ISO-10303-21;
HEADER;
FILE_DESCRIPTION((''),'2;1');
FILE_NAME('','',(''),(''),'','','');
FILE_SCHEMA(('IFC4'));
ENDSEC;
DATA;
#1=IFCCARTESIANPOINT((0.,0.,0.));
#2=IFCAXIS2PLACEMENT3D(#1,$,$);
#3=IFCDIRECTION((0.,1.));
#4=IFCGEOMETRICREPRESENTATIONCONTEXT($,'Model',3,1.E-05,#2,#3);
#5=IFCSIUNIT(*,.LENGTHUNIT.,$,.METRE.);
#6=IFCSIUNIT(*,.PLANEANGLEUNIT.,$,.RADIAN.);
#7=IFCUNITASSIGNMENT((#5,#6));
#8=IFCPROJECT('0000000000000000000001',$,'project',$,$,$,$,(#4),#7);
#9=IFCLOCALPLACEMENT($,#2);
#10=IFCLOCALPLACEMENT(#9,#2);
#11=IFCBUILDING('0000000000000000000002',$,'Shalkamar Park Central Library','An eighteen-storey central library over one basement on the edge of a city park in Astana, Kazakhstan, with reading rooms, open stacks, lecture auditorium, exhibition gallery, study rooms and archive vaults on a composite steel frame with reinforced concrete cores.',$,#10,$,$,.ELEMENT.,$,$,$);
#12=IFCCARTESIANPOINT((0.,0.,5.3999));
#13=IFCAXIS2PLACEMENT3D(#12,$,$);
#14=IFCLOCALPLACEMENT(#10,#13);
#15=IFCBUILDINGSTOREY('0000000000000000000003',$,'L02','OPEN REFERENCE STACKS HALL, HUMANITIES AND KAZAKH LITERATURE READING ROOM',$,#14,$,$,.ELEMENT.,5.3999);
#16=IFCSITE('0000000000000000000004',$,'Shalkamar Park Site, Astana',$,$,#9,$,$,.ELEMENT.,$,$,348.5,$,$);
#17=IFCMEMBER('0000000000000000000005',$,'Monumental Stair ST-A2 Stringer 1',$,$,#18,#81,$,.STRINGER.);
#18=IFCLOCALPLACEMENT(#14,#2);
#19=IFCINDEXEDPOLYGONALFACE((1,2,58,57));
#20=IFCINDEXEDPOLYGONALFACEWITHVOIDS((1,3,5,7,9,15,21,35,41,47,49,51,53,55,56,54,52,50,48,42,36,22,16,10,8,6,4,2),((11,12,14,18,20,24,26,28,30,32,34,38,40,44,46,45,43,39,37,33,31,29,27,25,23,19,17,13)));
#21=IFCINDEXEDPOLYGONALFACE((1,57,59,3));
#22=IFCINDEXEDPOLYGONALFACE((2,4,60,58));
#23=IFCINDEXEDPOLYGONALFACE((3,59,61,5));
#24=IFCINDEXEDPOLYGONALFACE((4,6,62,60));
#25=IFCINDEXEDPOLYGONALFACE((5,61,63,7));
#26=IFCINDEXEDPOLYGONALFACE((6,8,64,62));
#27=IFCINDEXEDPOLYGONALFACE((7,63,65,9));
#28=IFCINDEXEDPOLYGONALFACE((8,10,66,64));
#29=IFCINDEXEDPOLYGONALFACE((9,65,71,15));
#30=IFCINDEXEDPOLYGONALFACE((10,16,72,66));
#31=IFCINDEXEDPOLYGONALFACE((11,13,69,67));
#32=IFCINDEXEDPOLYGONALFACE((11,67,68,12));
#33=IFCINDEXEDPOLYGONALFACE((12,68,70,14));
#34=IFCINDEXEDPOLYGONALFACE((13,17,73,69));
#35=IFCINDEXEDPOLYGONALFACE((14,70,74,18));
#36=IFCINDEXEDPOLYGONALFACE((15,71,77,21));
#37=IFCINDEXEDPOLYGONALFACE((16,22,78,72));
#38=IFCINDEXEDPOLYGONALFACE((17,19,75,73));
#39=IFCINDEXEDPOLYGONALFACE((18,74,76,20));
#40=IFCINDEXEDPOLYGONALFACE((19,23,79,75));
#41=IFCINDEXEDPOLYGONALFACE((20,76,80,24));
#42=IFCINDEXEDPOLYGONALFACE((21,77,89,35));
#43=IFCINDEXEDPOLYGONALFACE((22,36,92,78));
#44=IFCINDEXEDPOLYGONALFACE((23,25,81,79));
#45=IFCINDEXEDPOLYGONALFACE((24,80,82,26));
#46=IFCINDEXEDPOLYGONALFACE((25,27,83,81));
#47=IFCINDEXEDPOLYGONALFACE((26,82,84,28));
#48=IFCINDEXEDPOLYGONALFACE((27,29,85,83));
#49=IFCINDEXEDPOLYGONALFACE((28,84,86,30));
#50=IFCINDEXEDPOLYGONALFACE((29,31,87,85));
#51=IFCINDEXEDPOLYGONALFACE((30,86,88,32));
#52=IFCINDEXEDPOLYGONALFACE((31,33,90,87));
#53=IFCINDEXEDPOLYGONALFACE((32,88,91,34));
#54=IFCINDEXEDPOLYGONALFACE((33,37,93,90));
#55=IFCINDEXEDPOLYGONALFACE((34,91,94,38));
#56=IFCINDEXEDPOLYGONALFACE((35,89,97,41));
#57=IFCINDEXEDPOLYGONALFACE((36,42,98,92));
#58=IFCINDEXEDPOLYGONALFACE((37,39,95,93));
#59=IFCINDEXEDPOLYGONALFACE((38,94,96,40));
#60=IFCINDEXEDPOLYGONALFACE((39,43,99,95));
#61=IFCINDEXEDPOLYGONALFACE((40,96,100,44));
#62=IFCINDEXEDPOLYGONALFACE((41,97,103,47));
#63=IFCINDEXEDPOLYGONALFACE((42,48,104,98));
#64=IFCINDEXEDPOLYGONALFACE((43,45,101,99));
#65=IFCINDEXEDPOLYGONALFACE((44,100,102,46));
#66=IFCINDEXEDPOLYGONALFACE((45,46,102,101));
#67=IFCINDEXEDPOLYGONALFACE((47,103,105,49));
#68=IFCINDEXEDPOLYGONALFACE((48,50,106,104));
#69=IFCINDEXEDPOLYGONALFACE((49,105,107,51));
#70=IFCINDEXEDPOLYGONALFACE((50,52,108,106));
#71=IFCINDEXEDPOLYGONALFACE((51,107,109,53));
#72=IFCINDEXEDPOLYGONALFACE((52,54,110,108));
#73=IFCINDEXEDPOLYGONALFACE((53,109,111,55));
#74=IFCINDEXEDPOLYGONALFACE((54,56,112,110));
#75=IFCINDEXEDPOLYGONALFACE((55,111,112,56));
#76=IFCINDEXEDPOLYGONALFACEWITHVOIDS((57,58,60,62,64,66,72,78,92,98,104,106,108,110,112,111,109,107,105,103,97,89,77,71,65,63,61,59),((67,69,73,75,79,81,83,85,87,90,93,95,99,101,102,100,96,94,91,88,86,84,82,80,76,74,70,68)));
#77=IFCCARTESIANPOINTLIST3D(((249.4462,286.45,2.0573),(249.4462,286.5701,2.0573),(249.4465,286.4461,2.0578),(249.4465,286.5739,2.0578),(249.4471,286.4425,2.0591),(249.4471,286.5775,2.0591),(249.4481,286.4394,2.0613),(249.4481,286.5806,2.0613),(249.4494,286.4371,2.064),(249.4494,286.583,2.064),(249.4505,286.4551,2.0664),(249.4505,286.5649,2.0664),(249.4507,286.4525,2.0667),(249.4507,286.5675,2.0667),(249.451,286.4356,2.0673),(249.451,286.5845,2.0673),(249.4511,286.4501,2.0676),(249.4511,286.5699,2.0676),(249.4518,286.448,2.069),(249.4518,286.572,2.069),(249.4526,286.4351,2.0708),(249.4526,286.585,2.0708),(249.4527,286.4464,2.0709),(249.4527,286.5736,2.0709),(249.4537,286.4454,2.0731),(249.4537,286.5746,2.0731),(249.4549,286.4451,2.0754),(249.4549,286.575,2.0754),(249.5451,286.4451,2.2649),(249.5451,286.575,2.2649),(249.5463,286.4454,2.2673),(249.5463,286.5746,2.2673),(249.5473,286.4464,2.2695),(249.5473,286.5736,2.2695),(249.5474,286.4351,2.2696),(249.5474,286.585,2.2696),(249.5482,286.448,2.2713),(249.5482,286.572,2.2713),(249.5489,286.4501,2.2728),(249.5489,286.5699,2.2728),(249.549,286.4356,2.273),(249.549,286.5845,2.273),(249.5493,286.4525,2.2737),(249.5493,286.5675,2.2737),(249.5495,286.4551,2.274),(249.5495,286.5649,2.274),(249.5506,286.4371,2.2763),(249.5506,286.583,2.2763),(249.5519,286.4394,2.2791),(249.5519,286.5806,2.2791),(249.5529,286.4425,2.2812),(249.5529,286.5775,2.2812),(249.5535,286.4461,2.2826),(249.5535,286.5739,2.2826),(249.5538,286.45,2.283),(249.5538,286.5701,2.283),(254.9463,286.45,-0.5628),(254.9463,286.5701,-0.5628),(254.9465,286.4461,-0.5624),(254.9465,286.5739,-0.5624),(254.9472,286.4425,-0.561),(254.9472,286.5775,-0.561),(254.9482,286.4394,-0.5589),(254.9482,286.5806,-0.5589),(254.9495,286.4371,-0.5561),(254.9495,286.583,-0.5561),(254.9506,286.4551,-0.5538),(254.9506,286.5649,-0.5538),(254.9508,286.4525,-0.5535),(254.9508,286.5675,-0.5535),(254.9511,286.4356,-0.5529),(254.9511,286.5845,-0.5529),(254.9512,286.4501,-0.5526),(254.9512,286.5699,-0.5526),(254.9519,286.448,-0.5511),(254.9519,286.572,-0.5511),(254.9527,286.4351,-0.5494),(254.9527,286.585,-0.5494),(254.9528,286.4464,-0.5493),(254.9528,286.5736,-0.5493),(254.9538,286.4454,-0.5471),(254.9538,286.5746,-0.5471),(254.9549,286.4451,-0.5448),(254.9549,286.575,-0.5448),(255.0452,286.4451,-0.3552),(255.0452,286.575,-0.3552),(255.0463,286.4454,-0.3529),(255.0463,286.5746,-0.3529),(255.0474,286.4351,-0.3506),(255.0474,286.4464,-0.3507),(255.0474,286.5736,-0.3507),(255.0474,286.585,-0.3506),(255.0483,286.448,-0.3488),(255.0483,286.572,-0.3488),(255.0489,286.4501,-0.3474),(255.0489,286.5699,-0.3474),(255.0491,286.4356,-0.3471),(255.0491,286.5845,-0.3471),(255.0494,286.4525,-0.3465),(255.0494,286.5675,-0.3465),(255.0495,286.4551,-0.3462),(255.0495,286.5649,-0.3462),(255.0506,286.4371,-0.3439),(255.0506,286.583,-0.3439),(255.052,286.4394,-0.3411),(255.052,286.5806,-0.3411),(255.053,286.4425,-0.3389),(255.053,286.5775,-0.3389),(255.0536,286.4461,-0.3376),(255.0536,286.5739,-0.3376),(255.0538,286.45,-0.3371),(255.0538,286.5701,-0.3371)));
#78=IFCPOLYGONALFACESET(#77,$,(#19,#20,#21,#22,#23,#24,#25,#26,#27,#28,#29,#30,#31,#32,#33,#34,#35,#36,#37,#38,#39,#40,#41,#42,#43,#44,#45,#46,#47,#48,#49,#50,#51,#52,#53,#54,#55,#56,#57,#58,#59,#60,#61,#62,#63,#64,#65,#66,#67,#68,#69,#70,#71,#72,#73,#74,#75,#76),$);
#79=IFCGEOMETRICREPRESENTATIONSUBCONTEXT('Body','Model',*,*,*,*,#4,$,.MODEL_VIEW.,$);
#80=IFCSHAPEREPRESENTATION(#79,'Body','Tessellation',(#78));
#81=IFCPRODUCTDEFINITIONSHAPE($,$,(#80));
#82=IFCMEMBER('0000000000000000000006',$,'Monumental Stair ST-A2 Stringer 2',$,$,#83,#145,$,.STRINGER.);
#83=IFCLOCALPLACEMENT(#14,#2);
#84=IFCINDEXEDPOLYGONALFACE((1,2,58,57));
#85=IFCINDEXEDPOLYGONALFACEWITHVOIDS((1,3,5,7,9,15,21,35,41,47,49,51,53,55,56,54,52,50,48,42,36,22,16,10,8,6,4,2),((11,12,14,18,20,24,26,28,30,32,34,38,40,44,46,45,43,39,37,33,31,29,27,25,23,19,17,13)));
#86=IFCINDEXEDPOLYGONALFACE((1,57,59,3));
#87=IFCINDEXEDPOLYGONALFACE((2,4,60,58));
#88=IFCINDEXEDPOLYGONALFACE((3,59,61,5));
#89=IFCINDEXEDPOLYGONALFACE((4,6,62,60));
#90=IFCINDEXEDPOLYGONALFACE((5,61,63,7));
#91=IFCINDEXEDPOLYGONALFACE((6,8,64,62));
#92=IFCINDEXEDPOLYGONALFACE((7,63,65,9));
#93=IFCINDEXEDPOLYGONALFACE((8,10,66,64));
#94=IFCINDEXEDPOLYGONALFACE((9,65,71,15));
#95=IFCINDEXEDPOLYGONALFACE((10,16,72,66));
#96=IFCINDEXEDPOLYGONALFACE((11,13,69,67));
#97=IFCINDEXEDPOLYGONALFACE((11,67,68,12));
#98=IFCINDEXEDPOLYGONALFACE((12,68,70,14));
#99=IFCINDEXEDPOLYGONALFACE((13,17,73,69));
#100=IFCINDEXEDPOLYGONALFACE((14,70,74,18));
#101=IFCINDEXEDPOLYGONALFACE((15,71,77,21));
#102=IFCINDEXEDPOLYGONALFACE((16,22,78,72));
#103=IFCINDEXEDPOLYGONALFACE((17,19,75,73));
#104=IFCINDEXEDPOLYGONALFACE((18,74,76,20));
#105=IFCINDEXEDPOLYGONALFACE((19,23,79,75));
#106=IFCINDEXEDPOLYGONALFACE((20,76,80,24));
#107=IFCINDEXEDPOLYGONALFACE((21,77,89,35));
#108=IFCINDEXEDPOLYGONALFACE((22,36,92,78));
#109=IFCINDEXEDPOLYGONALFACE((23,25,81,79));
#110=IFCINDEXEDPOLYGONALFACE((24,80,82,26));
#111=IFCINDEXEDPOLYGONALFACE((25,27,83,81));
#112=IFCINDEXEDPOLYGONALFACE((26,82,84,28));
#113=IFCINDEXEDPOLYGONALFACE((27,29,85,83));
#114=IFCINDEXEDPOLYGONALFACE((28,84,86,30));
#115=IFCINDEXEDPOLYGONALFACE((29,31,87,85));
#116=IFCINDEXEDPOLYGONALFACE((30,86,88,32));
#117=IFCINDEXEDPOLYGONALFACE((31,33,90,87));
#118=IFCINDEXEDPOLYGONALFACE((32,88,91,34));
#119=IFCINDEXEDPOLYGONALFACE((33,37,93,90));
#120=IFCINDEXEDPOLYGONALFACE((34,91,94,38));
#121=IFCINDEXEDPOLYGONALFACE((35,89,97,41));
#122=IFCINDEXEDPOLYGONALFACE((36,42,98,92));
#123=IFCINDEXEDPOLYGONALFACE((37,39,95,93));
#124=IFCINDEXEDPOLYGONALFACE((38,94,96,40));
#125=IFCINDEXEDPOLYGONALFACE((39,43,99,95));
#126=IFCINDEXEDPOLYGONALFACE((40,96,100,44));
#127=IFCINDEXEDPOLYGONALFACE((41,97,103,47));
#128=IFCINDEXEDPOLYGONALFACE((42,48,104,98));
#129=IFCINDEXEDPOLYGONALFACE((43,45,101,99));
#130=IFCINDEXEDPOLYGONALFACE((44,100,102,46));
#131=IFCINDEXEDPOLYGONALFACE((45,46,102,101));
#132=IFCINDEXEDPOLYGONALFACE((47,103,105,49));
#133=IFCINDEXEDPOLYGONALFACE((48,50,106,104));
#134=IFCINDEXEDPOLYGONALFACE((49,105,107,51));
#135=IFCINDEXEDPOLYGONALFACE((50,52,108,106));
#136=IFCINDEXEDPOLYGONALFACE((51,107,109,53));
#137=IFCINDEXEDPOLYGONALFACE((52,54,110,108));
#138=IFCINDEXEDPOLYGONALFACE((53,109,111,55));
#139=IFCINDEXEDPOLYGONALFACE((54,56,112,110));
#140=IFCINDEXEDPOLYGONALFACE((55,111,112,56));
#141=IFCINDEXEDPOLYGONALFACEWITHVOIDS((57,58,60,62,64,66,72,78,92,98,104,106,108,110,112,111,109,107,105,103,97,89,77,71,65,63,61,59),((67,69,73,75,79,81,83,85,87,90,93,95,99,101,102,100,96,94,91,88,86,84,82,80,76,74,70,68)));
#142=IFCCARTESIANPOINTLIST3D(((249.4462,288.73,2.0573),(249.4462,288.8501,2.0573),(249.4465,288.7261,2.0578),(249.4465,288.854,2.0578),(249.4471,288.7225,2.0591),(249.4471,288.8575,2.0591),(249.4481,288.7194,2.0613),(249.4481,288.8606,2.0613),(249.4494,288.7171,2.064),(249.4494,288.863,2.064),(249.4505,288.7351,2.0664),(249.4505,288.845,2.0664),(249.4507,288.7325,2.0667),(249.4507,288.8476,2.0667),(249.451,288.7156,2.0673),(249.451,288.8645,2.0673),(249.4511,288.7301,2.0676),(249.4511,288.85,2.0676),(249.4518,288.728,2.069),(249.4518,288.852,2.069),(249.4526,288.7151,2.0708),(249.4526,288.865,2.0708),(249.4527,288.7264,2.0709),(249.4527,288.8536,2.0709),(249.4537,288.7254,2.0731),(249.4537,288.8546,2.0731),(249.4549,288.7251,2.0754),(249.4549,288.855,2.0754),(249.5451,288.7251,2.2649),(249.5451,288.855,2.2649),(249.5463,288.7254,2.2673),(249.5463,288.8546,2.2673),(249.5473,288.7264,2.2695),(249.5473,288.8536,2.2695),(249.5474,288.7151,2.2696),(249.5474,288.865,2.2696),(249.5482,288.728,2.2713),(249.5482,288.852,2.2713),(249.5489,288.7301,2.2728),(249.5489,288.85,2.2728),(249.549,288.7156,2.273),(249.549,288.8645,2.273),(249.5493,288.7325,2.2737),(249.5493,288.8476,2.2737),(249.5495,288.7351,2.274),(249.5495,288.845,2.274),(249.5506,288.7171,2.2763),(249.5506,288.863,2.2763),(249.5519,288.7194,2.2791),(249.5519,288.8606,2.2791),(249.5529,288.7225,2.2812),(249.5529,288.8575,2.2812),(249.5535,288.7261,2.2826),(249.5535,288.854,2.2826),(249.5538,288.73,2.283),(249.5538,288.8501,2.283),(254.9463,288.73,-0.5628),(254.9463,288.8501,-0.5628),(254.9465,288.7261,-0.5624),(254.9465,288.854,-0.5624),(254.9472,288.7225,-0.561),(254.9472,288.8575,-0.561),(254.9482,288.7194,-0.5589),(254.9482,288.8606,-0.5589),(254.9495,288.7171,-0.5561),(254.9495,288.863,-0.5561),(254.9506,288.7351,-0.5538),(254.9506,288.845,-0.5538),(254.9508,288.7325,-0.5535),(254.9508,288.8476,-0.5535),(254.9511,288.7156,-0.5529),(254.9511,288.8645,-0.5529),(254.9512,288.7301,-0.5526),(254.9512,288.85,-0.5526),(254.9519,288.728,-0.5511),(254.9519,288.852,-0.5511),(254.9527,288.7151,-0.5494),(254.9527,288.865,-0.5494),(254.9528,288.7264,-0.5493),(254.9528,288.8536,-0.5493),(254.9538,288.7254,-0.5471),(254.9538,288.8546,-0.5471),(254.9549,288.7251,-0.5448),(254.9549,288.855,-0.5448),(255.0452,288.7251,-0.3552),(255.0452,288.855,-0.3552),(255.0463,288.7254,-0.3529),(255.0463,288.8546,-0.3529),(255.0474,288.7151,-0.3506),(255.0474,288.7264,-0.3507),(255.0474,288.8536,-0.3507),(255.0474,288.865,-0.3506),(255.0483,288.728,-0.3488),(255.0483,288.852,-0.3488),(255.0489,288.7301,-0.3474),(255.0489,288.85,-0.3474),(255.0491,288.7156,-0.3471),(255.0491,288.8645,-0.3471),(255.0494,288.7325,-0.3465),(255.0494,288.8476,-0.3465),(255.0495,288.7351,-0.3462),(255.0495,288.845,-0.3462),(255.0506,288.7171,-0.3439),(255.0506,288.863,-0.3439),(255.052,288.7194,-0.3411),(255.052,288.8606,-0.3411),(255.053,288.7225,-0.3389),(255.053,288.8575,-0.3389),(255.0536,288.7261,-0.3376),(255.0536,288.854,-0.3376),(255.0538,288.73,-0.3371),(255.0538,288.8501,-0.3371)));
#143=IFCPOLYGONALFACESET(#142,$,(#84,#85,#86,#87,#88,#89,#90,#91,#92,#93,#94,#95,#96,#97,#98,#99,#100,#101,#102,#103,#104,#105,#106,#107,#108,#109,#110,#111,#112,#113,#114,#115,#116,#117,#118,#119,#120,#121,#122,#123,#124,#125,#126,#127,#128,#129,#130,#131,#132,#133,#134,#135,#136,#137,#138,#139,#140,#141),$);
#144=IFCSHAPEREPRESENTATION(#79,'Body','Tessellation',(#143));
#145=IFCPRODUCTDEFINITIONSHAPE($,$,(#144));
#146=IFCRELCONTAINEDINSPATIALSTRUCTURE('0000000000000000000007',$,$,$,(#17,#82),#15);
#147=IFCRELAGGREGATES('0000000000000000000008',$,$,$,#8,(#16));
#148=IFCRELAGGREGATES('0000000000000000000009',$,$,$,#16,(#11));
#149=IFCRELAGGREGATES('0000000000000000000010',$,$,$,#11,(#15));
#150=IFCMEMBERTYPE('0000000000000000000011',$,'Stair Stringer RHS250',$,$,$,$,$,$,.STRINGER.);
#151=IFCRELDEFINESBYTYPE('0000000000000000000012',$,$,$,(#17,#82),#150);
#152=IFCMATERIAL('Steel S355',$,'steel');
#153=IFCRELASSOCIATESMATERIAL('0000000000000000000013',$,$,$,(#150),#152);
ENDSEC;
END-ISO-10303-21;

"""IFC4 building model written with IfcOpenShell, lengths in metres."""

from ifc_helpers import new_model, si_unit, direction, frame, origin, origin_2d, place, context, subcontext, project, spatial, hollow_rectangle, extrude, material, material_profile, profile_set, type_object, element, save


model = new_model("IFC4")

# Units and contexts
model_context = context("Model", 3, precision=1e-05, world=origin(), true_north=direction((0.0, 1.0)))
body_context = subcontext(model_context, "Body", "Model", "MODEL_VIEW")
ifc_project = project(units=[si_unit("LENGTHUNIT", "METRE"), si_unit("PLANEANGLEUNIT", "RADIAN")], contexts=[model_context])

# Site, building, storey
site_placement = place(None, origin())
site = spatial("IfcSite", under=ifc_project, at=site_placement, Name="Shalkamar Park Site, Astana", CompositionType="ELEMENT", RefElevation=348.5)
building_placement = place(site_placement, origin())
building = spatial("IfcBuilding", under=site, at=building_placement, Name="Shalkamar Park Central Library", Description="An eighteen-storey central library over one basement on the edge of a city park in Astana, Kazakhstan, with reading rooms, open stacks, lecture auditorium, exhibition gallery, study rooms and archive vaults on a composite steel frame with reinforced concrete cores.", CompositionType="ELEMENT")
storey_placement = place(building_placement, frame((0.0, 0.0, 5.3999)))
storey = spatial("IfcBuildingStorey", under=building, at=storey_placement, Name="L02", Description="OPEN REFERENCE STACKS HALL, HUMANITIES AND KAZAKH LITERATURE READING ROOM", CompositionType="ELEMENT", Elevation=5.3999)

# Shared definitions
ifc_material_1 = material(Name="Steel S355", Category="steel")

# Members
ifc_material_profile_1 = material_profile(ifc_material_1, hollow_rectangle(XDim=0.1499, YDim=0.25, WallThickness=0.01, InnerFilletRadius=0.01, OuterFilletRadius=0.0149, at=origin_2d()), Name="RHS 250x150x10")
ifc_profile_set_1 = profile_set([ifc_material_profile_1], Name="Steel S355")
member_type_1 = type_object("IfcMemberType", Name="Stair Stringer RHS250", PredefinedType="STRINGER", material=ifc_profile_set_1)
for number, where, z_axis, x_axis, name in (
    (1, (249.5, 286.51, 2.1702), (0.902792, 0.0, -0.430077), (0.0, 1.0, 0.0), "Monumental Stair ST-A2 Stringer 1"),
    (2, (249.5, 288.79, 2.1702), (0.902792, 0.0, -0.430077), (0.0, 1.0, 0.0), "Monumental Stair ST-A2 Stringer 2"),
):
    element("IfcMember", number, at=place(storey_placement, frame(where, z_axis=z_axis, x_axis=x_axis)), inside=storey, type_object=member_type_1, Name=name, PredefinedType="STRINGER", context=body_context, shape_type="SweptSolid", body=[
        extrude(hollow_rectangle(XDim=0.1499, YDim=0.25, WallThickness=0.01, InnerFilletRadius=0.01, OuterFilletRadius=0.0149, at=origin_2d()), origin(), (0.0, 0.0, 1.0), 6.0923),
    ])

save(model, "model.ifc")
